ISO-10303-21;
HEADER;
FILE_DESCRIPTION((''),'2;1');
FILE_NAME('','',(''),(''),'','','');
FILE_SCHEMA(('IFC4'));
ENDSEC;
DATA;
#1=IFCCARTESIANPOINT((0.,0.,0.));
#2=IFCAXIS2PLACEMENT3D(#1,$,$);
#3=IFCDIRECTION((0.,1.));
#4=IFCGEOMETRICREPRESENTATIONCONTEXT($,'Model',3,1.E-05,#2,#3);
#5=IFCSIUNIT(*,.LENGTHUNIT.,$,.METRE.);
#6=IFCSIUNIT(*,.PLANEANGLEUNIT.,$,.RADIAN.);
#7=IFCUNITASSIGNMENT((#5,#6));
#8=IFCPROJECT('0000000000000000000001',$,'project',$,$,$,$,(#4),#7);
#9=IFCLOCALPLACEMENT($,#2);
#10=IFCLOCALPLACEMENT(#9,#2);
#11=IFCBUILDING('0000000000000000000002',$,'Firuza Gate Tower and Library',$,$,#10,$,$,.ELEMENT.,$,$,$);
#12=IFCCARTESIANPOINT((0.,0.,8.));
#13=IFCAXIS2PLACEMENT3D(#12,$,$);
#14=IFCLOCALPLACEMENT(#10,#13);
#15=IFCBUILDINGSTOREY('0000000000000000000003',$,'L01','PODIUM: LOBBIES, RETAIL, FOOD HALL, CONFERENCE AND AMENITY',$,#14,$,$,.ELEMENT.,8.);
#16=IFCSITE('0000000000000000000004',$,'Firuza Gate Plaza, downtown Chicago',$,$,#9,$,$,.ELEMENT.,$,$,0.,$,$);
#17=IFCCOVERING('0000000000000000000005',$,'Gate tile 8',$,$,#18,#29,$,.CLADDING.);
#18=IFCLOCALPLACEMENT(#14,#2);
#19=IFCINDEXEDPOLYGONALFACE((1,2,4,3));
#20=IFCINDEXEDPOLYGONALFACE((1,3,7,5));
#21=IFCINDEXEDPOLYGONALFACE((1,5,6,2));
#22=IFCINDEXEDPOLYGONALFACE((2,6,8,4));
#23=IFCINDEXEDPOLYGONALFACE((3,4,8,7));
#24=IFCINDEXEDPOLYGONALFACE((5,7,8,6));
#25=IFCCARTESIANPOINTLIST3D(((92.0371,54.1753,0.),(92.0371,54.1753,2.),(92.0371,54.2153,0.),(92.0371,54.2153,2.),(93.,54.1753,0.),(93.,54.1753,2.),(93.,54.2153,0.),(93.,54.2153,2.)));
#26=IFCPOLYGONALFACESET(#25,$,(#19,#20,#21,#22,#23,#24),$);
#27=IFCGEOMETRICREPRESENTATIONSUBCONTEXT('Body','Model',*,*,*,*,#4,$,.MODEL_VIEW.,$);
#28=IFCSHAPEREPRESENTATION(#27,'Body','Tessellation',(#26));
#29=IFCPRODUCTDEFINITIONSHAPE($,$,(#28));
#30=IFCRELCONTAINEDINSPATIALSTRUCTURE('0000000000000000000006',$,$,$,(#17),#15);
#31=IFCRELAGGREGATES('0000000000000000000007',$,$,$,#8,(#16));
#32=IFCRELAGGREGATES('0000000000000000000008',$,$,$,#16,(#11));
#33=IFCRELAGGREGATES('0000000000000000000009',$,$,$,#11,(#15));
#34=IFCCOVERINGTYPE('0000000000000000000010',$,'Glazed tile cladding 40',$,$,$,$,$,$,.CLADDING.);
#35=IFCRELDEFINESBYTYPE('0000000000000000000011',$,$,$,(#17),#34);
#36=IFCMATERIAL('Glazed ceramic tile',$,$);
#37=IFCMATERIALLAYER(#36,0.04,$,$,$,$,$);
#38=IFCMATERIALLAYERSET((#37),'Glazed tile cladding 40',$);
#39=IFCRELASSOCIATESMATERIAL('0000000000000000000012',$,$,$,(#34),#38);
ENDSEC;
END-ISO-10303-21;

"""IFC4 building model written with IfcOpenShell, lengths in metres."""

from ifc_helpers import new_model, si_unit, direction, frame, origin, place, context, subcontext, project, spatial, polyline, outline, extrude, material, layer, layer_set, type_object, element, save


model = new_model("IFC4")

# Units and contexts
model_context = context("Model", 3, precision=1e-05, world=origin(), true_north=direction((0.0, 1.0)))
body_context = subcontext(model_context, "Body", "Model", "MODEL_VIEW")
ifc_project = project(units=[si_unit("LENGTHUNIT", "METRE"), si_unit("PLANEANGLEUNIT", "RADIAN")], contexts=[model_context])

# Site, building, storey
site_placement = place(None, origin())
site = spatial("IfcSite", under=ifc_project, at=site_placement, Name="Firuza Gate Plaza, downtown Chicago", CompositionType="ELEMENT", RefElevation=0.0)
building_placement = place(site_placement, origin())
building = spatial("IfcBuilding", under=site, at=building_placement, Name="Firuza Gate Tower and Library", CompositionType="ELEMENT")
storey_placement = place(building_placement, frame((0.0, 0.0, 8.0)))
storey = spatial("IfcBuildingStorey", under=building, at=storey_placement, Name="L01", Description="PODIUM: LOBBIES, RETAIL, FOOD HALL, CONFERENCE AND AMENITY", CompositionType="ELEMENT", Elevation=8.0)

# Covering
ifc_material_1 = material(Name="Glazed ceramic tile")
ifc_layer_1 = layer(ifc_material_1, 0.04)
ifc_layer_set_1 = layer_set([ifc_layer_1], Name="Glazed tile cladding 40")
covering_type = type_object("IfcCoveringType", Name="Glazed tile cladding 40", PredefinedType="CLADDING", material=ifc_layer_set_1)
covering_placement = place(storey_placement, frame((92.0371, 54.1753, 0.0), z_axis=(0.0, -1.0, 0.0), x_axis=(1.0, 0.0, 0.0)))
element("IfcCovering", 1, at=covering_placement, inside=storey, type_object=covering_type, Name="Gate tile 8", PredefinedType="CLADDING", context=body_context, shape_type="SweptSolid", body=[
    extrude(outline(polyline([(0.0, 0.0), (0.9629, 0.0), (0.9629, 2.0), (0.0, 2.0), (0.0, 0.0)])), origin(), (0.0, 0.0, -1.0), 0.04),
])

save(model, "model.ifc")
